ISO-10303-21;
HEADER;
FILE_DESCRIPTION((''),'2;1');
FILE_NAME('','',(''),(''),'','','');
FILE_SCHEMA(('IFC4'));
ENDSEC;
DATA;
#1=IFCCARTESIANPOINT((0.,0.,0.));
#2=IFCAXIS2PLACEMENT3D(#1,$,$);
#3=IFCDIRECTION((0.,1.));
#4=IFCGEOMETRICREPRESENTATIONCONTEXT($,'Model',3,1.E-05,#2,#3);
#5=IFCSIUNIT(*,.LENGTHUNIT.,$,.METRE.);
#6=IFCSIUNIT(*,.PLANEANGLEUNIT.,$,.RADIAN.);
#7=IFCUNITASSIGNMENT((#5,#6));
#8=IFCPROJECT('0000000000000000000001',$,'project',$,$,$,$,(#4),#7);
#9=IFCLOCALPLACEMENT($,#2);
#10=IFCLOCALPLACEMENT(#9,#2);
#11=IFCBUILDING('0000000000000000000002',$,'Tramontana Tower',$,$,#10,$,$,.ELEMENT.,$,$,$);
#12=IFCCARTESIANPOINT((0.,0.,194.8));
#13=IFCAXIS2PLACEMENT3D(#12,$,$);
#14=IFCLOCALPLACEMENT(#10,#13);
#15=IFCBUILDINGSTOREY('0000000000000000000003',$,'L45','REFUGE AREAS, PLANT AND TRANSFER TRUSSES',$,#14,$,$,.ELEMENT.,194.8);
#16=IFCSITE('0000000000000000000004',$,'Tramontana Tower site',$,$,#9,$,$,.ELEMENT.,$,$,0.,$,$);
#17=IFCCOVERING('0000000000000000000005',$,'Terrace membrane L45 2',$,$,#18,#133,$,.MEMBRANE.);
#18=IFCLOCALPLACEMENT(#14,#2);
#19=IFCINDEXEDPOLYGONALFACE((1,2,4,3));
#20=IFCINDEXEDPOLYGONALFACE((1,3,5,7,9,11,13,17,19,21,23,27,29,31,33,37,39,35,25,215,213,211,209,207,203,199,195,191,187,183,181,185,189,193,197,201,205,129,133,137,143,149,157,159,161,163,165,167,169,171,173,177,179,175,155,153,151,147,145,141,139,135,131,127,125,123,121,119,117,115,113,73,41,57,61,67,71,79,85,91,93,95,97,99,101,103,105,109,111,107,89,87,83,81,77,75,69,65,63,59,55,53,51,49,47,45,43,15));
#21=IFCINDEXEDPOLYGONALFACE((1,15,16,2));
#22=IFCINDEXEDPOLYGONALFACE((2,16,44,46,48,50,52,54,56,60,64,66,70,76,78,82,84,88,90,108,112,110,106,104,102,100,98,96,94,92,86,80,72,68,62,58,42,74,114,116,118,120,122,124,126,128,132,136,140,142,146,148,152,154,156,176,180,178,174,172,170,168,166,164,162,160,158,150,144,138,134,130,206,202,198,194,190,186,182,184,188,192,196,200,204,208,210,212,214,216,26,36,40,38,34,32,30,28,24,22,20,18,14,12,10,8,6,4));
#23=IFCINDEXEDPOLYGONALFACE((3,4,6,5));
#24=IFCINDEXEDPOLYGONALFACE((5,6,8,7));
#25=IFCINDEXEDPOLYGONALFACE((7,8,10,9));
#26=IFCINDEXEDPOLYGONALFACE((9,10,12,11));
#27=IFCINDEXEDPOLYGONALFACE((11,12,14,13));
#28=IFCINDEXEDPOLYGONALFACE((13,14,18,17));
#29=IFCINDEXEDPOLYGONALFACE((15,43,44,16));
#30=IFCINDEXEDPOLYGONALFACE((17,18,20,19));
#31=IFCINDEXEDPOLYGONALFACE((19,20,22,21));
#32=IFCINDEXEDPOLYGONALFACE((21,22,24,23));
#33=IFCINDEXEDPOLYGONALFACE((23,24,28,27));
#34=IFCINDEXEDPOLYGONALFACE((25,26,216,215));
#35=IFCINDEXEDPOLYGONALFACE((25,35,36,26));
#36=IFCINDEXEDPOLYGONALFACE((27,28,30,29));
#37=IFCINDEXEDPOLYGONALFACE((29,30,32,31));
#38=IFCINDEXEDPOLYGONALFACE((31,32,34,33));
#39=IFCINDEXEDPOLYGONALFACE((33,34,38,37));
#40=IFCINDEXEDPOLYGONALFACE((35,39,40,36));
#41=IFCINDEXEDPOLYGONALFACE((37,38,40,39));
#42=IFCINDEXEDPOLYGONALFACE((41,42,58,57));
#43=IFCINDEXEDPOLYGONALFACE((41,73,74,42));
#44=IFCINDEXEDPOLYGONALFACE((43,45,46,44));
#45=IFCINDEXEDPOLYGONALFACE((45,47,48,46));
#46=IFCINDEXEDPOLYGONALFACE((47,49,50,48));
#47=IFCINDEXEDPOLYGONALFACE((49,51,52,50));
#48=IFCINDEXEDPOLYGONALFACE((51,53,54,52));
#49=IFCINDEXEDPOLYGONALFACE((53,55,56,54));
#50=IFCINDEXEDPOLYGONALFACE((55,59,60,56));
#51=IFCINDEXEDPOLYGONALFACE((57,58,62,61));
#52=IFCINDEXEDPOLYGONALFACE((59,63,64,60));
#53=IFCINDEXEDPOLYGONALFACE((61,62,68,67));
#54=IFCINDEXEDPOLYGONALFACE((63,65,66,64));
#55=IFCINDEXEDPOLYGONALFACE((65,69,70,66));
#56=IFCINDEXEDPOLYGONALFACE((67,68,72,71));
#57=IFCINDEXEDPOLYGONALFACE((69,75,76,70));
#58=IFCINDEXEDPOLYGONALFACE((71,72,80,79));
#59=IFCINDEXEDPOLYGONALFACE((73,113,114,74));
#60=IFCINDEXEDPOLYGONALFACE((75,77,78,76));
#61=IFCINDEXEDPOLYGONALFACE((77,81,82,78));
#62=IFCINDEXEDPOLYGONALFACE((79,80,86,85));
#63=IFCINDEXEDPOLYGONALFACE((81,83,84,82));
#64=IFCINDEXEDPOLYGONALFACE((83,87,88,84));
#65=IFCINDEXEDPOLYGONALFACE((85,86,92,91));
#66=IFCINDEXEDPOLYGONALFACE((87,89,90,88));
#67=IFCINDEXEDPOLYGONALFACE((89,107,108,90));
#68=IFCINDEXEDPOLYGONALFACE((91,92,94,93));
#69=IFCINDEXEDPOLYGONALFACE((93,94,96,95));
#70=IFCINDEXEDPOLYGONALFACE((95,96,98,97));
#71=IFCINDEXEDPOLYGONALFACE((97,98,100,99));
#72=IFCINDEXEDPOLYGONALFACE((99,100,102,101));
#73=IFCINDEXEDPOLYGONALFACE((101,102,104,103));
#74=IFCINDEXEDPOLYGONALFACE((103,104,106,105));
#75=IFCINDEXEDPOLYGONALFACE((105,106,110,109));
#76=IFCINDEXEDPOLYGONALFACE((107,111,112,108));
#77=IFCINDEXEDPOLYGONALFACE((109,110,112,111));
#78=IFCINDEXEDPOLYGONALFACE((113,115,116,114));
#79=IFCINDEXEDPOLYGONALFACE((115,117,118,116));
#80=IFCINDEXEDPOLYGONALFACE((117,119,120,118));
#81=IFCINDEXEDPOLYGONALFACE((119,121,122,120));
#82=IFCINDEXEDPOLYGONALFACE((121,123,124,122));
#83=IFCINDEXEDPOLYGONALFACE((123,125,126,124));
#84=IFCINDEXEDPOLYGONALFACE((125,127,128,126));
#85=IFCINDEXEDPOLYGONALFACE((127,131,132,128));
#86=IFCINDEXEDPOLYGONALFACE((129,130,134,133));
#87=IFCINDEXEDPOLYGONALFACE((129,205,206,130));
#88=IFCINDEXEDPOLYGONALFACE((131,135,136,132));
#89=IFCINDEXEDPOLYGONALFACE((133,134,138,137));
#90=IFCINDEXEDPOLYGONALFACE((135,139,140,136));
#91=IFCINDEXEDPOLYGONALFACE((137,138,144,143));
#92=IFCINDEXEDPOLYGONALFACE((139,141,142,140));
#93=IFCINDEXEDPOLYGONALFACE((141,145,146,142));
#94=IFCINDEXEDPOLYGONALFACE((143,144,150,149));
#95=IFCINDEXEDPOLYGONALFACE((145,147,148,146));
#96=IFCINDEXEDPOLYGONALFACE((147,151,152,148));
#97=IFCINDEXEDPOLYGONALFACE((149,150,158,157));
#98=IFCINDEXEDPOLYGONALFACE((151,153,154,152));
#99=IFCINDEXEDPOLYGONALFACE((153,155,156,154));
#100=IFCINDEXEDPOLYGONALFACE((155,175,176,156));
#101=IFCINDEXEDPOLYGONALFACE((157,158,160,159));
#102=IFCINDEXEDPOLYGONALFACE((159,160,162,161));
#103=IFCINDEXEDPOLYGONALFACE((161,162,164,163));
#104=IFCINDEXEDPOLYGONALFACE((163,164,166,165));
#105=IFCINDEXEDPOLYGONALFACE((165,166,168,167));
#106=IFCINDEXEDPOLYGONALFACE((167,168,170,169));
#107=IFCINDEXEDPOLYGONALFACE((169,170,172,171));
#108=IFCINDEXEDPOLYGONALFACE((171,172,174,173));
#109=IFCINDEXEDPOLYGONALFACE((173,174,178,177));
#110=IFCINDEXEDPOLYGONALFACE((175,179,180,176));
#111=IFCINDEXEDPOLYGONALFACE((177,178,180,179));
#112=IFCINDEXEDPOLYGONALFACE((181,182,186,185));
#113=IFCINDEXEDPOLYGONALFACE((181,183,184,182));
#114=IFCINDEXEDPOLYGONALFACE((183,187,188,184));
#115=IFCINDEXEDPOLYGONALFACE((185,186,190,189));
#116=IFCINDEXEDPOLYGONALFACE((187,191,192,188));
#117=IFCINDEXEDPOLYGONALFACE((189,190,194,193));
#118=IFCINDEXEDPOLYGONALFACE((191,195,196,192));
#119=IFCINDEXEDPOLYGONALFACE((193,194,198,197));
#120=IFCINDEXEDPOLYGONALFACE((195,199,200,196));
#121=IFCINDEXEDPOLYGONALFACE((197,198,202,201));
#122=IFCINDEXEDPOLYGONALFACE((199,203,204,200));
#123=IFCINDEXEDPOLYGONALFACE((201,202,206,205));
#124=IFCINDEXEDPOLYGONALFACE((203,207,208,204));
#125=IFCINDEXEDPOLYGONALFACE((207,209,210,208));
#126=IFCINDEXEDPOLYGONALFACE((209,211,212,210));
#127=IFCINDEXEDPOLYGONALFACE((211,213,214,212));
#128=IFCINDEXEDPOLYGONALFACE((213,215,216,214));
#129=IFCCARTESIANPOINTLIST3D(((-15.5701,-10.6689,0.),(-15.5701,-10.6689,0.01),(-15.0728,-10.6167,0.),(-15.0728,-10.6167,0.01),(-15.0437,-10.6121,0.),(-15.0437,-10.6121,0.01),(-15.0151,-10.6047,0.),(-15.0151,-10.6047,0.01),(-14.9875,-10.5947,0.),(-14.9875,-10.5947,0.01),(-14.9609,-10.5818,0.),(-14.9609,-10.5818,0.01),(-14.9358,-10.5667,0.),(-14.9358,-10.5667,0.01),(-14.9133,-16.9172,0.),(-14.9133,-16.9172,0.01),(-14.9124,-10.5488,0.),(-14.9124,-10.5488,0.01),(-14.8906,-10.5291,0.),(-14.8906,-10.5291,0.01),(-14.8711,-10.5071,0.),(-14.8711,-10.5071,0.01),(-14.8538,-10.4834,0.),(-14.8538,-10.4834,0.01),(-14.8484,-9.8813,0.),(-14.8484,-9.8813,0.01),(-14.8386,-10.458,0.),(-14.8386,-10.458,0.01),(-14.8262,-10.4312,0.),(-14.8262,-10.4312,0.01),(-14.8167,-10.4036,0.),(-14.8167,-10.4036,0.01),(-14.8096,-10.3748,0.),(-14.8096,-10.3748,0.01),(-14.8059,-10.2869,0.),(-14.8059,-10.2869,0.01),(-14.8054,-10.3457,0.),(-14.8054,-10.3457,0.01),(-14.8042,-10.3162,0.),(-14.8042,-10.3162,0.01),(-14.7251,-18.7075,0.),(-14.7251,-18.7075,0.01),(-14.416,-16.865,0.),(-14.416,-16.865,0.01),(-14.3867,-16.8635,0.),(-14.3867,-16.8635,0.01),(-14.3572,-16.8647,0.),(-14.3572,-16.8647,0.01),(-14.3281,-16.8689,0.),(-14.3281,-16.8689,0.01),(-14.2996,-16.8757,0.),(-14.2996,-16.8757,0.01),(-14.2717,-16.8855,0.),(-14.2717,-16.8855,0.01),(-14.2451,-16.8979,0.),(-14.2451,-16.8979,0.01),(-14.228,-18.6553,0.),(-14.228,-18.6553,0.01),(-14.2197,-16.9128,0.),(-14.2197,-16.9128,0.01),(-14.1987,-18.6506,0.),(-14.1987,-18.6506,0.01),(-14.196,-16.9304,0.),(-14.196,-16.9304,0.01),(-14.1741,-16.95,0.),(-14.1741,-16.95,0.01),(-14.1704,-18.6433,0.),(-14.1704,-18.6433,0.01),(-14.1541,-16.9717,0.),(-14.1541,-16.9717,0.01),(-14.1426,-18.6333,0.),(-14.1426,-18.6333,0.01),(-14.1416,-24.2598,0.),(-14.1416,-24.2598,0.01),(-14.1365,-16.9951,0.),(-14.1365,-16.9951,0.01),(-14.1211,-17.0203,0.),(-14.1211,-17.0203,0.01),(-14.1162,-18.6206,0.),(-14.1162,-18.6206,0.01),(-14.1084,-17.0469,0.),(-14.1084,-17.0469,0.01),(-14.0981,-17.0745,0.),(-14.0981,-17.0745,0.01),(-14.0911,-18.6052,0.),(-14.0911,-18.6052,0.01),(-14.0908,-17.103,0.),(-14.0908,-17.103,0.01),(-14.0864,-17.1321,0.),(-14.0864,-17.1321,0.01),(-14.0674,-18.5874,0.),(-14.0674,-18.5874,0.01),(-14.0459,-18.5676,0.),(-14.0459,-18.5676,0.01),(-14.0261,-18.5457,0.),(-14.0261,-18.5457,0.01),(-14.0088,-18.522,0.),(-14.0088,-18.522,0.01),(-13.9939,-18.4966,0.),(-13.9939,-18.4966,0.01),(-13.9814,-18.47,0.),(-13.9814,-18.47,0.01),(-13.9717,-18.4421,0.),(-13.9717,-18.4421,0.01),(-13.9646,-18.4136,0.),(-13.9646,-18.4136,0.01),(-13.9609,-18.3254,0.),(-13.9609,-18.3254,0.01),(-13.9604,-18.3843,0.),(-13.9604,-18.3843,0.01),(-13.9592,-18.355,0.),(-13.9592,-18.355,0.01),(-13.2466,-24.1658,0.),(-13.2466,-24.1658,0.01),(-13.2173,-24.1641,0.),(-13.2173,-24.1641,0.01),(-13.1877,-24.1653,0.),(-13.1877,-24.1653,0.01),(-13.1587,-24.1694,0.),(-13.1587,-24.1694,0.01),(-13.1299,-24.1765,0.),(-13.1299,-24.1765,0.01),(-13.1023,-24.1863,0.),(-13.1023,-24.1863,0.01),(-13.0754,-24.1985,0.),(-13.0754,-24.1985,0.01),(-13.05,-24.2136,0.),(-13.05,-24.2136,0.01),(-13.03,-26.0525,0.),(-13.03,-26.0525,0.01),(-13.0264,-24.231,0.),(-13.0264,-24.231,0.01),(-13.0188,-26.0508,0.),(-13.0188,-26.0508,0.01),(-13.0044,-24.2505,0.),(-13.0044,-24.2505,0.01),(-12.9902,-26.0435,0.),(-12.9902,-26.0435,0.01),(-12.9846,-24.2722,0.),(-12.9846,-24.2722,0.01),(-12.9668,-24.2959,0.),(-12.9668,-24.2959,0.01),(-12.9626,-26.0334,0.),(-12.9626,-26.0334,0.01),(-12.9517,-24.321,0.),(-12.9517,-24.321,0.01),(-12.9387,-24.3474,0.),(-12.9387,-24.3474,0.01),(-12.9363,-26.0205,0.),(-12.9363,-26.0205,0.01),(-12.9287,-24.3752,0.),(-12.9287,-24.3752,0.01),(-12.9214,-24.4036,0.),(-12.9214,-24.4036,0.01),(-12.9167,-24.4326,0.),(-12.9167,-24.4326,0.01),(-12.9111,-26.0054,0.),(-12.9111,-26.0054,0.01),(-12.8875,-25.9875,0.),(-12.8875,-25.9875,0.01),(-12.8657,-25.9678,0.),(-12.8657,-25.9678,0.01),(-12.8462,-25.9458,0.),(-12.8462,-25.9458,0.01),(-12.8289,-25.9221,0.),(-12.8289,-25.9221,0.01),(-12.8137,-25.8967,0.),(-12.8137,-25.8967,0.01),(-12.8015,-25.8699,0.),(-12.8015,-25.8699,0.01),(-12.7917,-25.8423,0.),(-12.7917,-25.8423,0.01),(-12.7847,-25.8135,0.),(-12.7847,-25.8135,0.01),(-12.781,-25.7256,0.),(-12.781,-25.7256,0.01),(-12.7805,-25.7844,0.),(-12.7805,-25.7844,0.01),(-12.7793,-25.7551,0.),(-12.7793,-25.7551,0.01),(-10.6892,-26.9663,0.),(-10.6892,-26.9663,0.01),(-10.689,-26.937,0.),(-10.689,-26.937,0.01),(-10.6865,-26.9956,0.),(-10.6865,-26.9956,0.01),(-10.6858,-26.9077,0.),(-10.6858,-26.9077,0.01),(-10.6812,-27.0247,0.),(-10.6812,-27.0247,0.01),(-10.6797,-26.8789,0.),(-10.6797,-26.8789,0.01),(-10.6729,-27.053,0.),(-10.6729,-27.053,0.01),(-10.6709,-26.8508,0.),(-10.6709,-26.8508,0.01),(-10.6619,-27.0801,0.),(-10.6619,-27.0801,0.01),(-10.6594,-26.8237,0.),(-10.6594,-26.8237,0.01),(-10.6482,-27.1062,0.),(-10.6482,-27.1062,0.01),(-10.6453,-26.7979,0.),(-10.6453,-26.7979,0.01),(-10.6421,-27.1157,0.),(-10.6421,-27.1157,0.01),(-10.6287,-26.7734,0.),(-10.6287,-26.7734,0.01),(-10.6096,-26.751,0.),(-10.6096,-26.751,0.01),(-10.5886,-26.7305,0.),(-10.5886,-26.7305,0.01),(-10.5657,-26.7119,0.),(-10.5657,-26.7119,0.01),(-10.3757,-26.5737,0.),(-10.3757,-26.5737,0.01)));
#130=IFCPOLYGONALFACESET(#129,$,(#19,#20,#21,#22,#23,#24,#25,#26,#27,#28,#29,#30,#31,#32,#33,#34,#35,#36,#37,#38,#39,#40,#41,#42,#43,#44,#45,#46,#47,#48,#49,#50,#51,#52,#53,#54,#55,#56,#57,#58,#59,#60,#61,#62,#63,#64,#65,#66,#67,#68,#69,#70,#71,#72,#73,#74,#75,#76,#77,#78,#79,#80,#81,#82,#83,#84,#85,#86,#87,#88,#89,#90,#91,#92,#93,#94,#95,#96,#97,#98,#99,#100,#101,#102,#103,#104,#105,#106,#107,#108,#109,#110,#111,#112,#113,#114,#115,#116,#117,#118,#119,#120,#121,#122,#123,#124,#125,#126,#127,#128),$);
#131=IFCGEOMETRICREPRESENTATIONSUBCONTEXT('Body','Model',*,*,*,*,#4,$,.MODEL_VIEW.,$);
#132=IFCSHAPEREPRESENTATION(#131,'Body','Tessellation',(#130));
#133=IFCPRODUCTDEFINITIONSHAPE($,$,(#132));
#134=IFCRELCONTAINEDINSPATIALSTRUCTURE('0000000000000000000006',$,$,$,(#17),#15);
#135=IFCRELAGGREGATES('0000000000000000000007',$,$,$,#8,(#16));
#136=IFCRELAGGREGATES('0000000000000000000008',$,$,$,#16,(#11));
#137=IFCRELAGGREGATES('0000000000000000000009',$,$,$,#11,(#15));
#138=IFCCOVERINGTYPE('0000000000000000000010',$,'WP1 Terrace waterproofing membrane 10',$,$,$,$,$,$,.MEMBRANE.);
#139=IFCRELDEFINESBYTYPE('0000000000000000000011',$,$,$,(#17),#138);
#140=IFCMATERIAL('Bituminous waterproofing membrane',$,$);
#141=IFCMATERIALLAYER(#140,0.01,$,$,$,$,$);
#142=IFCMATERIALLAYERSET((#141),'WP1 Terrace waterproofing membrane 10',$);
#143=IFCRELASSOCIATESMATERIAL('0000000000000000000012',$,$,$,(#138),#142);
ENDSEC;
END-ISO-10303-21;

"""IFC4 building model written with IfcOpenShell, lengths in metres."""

from ifc_helpers import new_model, si_unit, direction, frame, origin, place, context, subcontext, project, spatial, polyline, outline, extrude, material, layer, layer_set, type_object, element, save


model = new_model("IFC4")

# Units and contexts
model_context = context("Model", 3, precision=1e-05, world=origin(), true_north=direction((0.0, 1.0)))
body_context = subcontext(model_context, "Body", "Model", "MODEL_VIEW")
ifc_project = project(units=[si_unit("LENGTHUNIT", "METRE"), si_unit("PLANEANGLEUNIT", "RADIAN")], contexts=[model_context])

# Site, building, storey
site_placement = place(None, origin())
site = spatial("IfcSite", under=ifc_project, at=site_placement, Name="Tramontana Tower site", CompositionType="ELEMENT", RefElevation=0.0)
building_placement = place(site_placement, origin())
building = spatial("IfcBuilding", under=site, at=building_placement, Name="Tramontana Tower", CompositionType="ELEMENT")
storey_placement = place(building_placement, frame((0.0, 0.0, 194.8)))
storey = spatial("IfcBuildingStorey", under=building, at=storey_placement, Name="L45", Description="REFUGE AREAS, PLANT AND TRANSFER TRUSSES", CompositionType="ELEMENT", Elevation=194.8)

# Covering
ifc_material_1 = material(Name="Bituminous waterproofing membrane")
ifc_layer_1 = layer(ifc_material_1, 0.01)
ifc_layer_set_1 = layer_set([ifc_layer_1], Name="WP1 Terrace waterproofing membrane 10")
covering_type_1 = type_object("IfcCoveringType", Name="WP1 Terrace waterproofing membrane 10", PredefinedType="MEMBRANE", material=ifc_layer_set_1)
covering_1_placement = place(storey_placement, origin())
element("IfcCovering", 1, at=covering_1_placement, inside=storey, type_object=covering_type_1, Name="Terrace membrane L45 2", PredefinedType="MEMBRANE", context=body_context, shape_type="SweptSolid", body=[
    extrude(outline(polyline([(-13.03, -26.0525), (-13.0188, -26.0508), (-12.9902, -26.0435), (-12.9626, -26.0334), (-12.9363, -26.0205), (-12.9111, -26.0054), (-12.8875, -25.9875), (-12.8657, -25.9678), (-12.8462, -25.9458), (-12.8289, -25.9221), (-12.8137, -25.8967), (-12.8015, -25.8699), (-12.7917, -25.8423), (-12.7847, -25.8135), (-12.7805, -25.7844), (-12.7793, -25.7551), (-12.781, -25.7256), (-12.9167, -24.4326), (-12.9214, -24.4036), (-12.9287, -24.3752), (-12.9387, -24.3474), (-12.9517, -24.321), (-12.9668, -24.2959), (-12.9846, -24.2722), (-13.0044, -24.2505), (-13.0264, -24.231), (-13.05, -24.2136), (-13.0754, -24.1985), (-13.1023, -24.1863), (-13.1299, -24.1765), (-13.1587, -24.1694), (-13.1877, -24.1653), (-13.2173, -24.1641), (-13.2466, -24.1658), (-14.1416, -24.2598), (-14.7251, -18.7075), (-14.228, -18.6553), (-14.1987, -18.6506), (-14.1704, -18.6433), (-14.1426, -18.6333), (-14.1162, -18.6206), (-14.0911, -18.6052), (-14.0674, -18.5874), (-14.0459, -18.5676), (-14.0261, -18.5457), (-14.0088, -18.522), (-13.9939, -18.4966), (-13.9814, -18.47), (-13.9717, -18.4421), (-13.9646, -18.4136), (-13.9604, -18.3843), (-13.9592, -18.355), (-13.9609, -18.3254), (-14.0864, -17.1321), (-14.0908, -17.103), (-14.0981, -17.0745), (-14.1084, -17.0469), (-14.1211, -17.0203), (-14.1365, -16.9951), (-14.1541, -16.9717), (-14.1741, -16.95), (-14.196, -16.9304), (-14.2197, -16.9128), (-14.2451, -16.8979), (-14.2717, -16.8855), (-14.2996, -16.8757), (-14.3281, -16.8689), (-14.3572, -16.8647), (-14.3867, -16.8635), (-14.416, -16.865), (-14.9133, -16.9172), (-15.5701, -10.6689), (-15.0728, -10.6167), (-15.0437, -10.6121), (-15.0151, -10.6047), (-14.9875, -10.5947), (-14.9609, -10.5818), (-14.9358, -10.5667), (-14.9124, -10.5488), (-14.8906, -10.5291), (-14.8711, -10.5071), (-14.8538, -10.4834), (-14.8386, -10.458), (-14.8262, -10.4312), (-14.8167, -10.4036), (-14.8096, -10.3748), (-14.8054, -10.3457), (-14.8042, -10.3162), (-14.8059, -10.2869), (-14.8484, -9.8813), (-10.3757, -26.5737), (-10.5657, -26.7119), (-10.5886, -26.7305), (-10.6096, -26.751), (-10.6287, -26.7734), (-10.6453, -26.7979), (-10.6594, -26.8237), (-10.6709, -26.8508), (-10.6797, -26.8789), (-10.6858, -26.9077), (-10.689, -26.937), (-10.6892, -26.9663), (-10.6865, -26.9956), (-10.6812, -27.0247), (-10.6729, -27.053), (-10.6619, -27.0801), (-10.6482, -27.1062), (-10.6421, -27.1157), (-13.03, -26.0525)])), origin(), (0.0, 0.0, 1.0), 0.01),
])

save(model, "model.ifc")
